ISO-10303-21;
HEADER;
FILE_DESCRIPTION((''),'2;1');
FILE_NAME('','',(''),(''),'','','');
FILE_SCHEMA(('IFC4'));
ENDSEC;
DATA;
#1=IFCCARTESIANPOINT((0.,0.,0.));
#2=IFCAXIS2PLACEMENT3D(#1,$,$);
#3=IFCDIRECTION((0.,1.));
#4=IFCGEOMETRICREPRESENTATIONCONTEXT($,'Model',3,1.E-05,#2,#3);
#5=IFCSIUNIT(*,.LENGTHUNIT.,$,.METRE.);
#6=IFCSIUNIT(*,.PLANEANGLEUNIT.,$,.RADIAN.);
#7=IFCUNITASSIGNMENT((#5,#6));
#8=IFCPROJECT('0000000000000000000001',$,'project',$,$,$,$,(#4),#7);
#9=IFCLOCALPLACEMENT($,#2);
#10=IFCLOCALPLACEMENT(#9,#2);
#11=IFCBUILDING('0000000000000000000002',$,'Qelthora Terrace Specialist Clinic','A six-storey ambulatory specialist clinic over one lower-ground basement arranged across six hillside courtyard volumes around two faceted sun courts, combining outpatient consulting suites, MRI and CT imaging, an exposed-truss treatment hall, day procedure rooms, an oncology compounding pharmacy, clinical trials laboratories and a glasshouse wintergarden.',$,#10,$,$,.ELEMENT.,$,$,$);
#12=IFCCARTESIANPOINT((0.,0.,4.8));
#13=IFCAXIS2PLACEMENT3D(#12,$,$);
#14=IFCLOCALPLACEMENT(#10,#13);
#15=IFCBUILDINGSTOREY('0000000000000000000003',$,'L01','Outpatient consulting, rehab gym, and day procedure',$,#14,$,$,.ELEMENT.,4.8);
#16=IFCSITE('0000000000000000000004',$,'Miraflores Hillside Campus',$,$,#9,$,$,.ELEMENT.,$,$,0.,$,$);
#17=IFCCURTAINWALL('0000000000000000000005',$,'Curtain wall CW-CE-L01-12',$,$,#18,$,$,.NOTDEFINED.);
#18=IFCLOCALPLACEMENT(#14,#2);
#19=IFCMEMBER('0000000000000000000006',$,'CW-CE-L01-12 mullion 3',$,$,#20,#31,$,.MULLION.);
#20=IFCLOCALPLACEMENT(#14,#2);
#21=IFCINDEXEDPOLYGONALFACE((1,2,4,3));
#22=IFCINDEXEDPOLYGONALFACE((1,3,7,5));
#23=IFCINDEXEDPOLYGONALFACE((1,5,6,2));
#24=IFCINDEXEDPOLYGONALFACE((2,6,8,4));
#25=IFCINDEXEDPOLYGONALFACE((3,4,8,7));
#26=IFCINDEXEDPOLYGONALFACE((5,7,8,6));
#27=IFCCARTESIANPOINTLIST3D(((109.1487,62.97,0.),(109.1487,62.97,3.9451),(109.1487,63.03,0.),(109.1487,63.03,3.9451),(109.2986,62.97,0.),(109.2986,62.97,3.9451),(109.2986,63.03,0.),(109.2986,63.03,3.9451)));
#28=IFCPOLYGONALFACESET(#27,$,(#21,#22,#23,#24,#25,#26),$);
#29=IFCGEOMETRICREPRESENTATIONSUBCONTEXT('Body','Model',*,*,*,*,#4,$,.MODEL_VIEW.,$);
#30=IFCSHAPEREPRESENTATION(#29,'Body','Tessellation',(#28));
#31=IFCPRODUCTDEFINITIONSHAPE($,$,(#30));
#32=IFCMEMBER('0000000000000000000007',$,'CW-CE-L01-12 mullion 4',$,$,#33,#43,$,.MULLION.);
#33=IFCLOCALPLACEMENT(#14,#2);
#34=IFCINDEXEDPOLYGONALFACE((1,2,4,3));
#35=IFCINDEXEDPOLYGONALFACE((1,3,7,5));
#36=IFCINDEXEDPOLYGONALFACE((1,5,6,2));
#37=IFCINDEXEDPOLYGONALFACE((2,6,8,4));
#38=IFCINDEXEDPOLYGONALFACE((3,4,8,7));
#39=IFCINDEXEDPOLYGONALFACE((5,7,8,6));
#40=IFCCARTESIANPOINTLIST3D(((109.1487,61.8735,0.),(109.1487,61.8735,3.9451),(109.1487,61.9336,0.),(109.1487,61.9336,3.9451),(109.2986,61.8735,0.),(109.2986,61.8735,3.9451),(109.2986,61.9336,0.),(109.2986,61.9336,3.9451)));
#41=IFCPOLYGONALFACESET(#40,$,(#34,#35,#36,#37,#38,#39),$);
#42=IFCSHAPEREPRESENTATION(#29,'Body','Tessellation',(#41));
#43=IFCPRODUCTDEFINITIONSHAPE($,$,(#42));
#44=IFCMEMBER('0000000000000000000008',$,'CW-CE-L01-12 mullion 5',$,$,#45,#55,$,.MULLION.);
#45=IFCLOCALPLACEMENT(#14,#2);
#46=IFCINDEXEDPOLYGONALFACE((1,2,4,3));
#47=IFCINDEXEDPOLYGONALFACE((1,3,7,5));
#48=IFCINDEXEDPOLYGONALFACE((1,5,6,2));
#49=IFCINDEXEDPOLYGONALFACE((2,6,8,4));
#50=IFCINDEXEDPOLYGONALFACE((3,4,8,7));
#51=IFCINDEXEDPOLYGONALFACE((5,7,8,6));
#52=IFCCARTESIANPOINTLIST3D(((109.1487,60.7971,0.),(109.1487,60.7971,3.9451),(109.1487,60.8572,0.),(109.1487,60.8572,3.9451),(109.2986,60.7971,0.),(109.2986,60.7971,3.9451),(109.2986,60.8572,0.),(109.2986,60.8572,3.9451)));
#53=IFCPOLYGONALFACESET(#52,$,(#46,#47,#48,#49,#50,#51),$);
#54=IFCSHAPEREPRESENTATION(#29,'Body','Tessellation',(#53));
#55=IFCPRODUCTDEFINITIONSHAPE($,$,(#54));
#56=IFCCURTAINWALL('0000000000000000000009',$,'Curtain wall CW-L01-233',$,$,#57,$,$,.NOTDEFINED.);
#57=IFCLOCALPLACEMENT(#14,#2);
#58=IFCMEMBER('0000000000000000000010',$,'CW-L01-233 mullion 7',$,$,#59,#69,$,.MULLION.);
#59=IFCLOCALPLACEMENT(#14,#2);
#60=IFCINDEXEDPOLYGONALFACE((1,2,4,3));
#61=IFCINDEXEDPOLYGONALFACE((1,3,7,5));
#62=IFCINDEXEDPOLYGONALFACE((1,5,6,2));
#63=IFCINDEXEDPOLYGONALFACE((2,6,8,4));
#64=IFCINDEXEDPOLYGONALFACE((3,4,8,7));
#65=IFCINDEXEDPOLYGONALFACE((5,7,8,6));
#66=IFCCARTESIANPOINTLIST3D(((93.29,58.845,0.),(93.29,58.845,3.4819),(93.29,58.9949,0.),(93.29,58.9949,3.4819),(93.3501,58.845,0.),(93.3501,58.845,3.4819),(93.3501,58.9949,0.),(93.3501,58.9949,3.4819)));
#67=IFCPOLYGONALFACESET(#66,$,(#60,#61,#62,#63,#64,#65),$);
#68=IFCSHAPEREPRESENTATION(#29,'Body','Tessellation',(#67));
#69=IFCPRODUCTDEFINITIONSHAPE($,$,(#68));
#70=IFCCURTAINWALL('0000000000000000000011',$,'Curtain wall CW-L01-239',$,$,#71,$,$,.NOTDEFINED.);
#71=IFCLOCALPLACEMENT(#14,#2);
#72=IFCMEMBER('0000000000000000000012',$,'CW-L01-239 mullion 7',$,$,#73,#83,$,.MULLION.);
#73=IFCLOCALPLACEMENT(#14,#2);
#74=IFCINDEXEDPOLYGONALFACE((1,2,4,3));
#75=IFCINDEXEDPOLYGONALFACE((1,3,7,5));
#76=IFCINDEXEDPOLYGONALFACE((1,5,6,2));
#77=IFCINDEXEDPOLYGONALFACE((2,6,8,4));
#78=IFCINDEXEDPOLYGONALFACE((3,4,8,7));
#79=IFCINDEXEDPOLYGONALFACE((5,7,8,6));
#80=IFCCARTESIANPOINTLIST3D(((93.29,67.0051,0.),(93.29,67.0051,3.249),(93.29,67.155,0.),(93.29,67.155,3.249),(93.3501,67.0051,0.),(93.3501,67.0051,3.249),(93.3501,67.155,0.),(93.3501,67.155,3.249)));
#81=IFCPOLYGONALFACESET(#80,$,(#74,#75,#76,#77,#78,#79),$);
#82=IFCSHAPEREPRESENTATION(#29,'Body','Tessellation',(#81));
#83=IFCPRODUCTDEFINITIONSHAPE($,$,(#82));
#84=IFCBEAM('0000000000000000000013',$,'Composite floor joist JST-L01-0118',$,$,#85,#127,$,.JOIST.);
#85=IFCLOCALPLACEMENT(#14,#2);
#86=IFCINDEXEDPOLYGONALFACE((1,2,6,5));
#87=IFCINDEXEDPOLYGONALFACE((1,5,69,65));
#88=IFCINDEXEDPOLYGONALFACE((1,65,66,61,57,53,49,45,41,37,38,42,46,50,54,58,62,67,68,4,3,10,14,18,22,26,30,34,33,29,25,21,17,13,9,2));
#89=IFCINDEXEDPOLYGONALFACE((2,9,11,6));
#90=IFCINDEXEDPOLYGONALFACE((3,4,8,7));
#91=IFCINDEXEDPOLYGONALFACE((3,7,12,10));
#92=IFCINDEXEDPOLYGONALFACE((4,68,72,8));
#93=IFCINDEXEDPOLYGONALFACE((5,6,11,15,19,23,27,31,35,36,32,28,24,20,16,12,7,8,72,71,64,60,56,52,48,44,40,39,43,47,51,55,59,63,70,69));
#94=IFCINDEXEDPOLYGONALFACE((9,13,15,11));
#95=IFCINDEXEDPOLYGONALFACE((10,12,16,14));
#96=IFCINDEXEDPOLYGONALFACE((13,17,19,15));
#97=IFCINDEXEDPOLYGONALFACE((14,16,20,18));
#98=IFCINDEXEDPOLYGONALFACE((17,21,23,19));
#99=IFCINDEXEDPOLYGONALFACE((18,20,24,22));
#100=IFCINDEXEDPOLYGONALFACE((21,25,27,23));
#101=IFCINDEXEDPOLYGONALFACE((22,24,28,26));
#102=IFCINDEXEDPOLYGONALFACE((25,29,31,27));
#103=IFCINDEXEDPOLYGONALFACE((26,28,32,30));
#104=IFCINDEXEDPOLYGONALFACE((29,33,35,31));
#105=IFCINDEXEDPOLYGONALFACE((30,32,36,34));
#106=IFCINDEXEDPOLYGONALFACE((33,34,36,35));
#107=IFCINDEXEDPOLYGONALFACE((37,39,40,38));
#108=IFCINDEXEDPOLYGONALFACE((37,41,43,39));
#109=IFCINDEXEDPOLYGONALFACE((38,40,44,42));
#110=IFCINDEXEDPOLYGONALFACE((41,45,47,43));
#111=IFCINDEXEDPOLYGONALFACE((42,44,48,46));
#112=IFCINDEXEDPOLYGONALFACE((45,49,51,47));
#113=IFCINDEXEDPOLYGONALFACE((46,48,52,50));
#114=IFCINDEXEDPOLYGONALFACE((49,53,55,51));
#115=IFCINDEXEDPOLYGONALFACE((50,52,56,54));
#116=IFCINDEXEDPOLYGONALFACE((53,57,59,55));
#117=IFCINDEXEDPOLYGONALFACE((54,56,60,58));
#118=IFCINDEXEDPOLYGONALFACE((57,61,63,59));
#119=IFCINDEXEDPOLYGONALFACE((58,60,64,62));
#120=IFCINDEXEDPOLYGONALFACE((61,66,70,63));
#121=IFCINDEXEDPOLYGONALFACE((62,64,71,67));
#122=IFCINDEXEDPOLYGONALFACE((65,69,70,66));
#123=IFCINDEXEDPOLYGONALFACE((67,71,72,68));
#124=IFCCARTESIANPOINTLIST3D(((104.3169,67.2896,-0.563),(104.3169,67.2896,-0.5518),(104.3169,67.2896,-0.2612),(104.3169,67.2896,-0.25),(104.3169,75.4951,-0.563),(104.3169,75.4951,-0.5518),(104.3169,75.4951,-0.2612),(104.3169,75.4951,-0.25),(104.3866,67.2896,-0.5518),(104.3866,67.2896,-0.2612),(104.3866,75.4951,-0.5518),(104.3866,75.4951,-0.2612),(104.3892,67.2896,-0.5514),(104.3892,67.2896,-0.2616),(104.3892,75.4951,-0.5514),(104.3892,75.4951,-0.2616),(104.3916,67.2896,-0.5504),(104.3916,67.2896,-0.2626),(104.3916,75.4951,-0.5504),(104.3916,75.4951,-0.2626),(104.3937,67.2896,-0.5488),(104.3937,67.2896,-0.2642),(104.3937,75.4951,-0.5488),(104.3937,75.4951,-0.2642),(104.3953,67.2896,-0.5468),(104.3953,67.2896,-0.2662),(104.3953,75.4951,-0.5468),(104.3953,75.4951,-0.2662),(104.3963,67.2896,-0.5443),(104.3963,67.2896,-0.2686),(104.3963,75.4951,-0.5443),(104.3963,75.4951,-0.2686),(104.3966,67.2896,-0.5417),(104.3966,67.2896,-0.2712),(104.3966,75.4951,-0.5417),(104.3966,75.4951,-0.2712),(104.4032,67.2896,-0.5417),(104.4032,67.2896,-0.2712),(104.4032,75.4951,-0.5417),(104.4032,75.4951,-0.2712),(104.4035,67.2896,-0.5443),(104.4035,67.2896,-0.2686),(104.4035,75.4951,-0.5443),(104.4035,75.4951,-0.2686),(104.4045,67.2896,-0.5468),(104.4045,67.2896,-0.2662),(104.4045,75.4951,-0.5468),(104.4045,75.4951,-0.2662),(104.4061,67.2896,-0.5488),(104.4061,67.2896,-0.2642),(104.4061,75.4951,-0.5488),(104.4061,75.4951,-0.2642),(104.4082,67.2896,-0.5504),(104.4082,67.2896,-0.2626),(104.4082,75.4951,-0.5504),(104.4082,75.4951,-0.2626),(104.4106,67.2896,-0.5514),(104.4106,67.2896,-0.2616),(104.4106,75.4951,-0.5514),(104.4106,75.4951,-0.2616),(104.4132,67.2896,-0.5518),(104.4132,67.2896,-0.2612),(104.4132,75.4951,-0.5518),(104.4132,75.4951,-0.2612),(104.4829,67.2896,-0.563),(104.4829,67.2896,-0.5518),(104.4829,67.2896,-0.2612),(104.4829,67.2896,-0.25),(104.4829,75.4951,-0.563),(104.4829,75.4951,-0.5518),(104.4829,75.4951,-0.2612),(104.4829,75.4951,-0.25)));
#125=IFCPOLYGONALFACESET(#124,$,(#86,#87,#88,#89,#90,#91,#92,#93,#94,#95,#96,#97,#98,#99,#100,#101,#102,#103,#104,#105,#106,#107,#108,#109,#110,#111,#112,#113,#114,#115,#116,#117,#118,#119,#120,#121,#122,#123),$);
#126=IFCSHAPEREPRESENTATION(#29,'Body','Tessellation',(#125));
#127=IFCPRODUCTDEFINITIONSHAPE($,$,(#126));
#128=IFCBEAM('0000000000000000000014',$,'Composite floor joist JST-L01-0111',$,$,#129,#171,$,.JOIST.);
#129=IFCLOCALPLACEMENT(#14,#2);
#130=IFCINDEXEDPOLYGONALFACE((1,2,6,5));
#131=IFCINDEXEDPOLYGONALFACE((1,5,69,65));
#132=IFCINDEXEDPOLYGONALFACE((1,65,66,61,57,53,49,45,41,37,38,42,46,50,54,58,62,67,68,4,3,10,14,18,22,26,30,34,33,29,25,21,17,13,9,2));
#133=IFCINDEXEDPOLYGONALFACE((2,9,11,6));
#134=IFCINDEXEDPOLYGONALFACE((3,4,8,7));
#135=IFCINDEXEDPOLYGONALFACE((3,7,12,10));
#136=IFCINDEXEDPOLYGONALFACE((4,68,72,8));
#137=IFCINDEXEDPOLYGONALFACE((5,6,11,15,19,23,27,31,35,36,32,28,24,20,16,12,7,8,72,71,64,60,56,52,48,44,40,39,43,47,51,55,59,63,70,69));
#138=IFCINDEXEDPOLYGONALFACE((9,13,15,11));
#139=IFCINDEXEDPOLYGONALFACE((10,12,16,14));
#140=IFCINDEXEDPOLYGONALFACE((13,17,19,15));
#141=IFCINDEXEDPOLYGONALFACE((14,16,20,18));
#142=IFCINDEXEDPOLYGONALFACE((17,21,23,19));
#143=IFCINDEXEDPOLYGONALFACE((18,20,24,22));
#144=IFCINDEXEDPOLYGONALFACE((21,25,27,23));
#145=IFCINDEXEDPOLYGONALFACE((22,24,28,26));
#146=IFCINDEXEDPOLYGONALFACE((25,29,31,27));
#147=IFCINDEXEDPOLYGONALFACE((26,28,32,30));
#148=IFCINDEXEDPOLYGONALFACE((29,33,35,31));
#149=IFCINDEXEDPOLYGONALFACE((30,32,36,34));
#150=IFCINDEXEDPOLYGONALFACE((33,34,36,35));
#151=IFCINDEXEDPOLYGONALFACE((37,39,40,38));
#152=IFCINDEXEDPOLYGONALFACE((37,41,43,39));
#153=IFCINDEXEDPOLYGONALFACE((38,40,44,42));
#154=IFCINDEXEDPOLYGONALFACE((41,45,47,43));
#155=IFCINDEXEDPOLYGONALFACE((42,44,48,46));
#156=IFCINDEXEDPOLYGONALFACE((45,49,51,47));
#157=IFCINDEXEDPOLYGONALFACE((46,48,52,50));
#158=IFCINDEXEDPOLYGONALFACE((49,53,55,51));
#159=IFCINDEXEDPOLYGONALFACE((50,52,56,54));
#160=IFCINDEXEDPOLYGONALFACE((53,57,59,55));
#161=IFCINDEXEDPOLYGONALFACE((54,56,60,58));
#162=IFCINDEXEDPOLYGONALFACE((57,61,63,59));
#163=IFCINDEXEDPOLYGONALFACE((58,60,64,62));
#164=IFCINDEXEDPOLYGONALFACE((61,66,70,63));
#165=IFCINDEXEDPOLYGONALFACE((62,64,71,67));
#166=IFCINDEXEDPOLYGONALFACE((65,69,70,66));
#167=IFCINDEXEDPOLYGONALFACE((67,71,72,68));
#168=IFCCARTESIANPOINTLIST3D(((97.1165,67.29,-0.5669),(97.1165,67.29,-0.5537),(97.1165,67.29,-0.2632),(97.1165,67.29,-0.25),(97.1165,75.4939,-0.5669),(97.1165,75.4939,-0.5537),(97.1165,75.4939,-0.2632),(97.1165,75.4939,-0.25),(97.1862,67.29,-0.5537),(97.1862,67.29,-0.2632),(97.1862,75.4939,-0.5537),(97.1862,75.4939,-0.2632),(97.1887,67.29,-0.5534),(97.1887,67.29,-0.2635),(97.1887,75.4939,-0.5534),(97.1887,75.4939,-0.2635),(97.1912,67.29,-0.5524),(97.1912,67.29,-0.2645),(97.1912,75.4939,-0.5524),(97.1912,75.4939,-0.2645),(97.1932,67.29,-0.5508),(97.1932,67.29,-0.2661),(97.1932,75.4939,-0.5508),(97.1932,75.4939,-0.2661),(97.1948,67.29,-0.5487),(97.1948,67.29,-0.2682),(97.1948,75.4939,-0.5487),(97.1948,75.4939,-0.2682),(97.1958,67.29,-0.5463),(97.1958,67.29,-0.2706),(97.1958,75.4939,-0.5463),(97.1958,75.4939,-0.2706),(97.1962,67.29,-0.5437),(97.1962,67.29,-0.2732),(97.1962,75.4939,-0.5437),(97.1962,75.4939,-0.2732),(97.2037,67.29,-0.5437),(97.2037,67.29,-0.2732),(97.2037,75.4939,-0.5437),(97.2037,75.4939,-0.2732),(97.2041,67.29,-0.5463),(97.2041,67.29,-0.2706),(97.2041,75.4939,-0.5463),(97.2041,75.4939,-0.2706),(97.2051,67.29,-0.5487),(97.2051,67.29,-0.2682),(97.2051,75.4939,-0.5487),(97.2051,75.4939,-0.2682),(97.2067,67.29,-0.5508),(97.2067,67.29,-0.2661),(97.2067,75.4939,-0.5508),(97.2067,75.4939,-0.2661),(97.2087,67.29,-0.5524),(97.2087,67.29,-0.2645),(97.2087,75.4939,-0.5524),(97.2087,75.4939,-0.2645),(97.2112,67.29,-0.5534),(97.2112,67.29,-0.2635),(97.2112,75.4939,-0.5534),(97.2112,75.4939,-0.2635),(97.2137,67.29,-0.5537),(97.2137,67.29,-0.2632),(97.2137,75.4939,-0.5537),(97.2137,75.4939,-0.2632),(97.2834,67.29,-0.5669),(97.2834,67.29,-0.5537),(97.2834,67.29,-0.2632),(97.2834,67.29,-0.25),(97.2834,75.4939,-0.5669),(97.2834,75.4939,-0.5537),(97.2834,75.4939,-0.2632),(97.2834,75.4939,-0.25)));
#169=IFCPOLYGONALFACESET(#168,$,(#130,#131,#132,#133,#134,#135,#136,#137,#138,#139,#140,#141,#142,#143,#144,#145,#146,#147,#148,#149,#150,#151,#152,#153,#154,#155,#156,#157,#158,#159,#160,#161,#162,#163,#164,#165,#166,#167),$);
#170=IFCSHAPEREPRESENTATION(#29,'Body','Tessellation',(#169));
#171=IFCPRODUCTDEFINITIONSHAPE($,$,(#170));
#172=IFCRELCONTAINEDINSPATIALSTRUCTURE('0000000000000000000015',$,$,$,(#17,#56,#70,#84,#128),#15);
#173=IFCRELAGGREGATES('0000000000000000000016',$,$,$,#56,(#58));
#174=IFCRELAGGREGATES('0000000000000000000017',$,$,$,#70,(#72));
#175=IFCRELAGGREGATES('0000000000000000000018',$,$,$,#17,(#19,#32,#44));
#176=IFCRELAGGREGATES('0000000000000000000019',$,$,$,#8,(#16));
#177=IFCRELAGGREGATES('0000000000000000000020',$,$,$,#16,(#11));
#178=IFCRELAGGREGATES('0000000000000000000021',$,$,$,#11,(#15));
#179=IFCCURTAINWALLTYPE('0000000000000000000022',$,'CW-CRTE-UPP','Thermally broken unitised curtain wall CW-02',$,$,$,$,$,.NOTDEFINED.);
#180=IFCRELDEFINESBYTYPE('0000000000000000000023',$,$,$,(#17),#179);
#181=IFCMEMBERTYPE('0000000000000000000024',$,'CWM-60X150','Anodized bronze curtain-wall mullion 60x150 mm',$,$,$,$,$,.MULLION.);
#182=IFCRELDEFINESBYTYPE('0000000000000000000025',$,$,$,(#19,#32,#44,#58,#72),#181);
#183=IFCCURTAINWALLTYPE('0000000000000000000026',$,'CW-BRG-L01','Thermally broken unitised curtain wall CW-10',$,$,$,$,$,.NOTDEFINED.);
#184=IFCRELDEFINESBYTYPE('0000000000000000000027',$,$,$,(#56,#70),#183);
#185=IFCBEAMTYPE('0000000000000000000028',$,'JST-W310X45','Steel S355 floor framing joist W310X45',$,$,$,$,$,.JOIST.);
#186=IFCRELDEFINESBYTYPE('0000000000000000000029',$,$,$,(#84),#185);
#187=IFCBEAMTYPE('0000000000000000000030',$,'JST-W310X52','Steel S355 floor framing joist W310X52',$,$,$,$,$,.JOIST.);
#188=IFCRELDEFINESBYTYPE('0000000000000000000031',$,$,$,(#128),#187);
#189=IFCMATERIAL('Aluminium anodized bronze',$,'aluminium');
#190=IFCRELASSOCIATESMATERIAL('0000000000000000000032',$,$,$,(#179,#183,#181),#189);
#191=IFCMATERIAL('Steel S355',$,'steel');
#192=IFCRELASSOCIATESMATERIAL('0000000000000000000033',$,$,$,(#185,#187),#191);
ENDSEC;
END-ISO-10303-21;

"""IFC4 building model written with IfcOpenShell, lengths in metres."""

from ifc_helpers import new_model, si_unit, direction, frame, origin, origin_2d, place, context, subcontext, project, spatial, rectangle, i_section, extrude, material, material_profile, profile_set, type_object, element, aggregate, save


model = new_model("IFC4")

# Units and contexts
model_context = context("Model", 3, precision=1e-05, world=origin(), true_north=direction((0.0, 1.0)))
body_context = subcontext(model_context, "Body", "Model", "MODEL_VIEW")
ifc_project = project(units=[si_unit("LENGTHUNIT", "METRE"), si_unit("PLANEANGLEUNIT", "RADIAN")], contexts=[model_context])

# Site, building, storey
site_placement = place(None, origin())
site = spatial("IfcSite", under=ifc_project, at=site_placement, Name="Miraflores Hillside Campus", CompositionType="ELEMENT", RefElevation=0.0)
building_placement = place(site_placement, origin())
building = spatial("IfcBuilding", under=site, at=building_placement, Name="Qelthora Terrace Specialist Clinic", Description="A six-storey ambulatory specialist clinic over one lower-ground basement arranged across six hillside courtyard volumes around two faceted sun courts, combining outpatient consulting suites, MRI and CT imaging, an exposed-truss treatment hall, day procedure rooms, an oncology compounding pharmacy, clinical trials laboratories and a glasshouse wintergarden.", CompositionType="ELEMENT")
storey_placement = place(building_placement, frame((0.0, 0.0, 4.8)))
storey = spatial("IfcBuildingStorey", under=building, at=storey_placement, Name="L01", Description="Outpatient consulting, rehab gym, and day procedure", CompositionType="ELEMENT", Elevation=4.8)

# Shared definitions
ifc_material_1 = material(Name="Steel S355", Category="steel")

# Curtain wall, members
ifc_material_2 = material(Name="Aluminium anodized bronze", Category="aluminium")
curtain_wall_type_1 = type_object("IfcCurtainWallType", Name="CW-CRTE-UPP", Description="Thermally broken unitised curtain wall CW-02", PredefinedType="NOTDEFINED", material=ifc_material_2)
curtain_wall_1_placement = place(storey_placement, origin())
curtain_wall_1 = element("IfcCurtainWall", 1, at=curtain_wall_1_placement, inside=storey, type_object=curtain_wall_type_1, Name="Curtain wall CW-CE-L01-12", PredefinedType="NOTDEFINED")
ifc_material_profile_1 = material_profile(ifc_material_2, rectangle(XDim=0.0601, YDim=0.1499, at=origin_2d()), Name="CWM60X150")
ifc_profile_set_1 = profile_set([ifc_material_profile_1], Name="Aluminium anodized bronze")
member_type = type_object("IfcMemberType", Name="CWM-60X150", Description="Anodized bronze curtain-wall mullion 60x150 mm", PredefinedType="MULLION", material=ifc_profile_set_1)
member_1_placement = place(storey_placement, frame((109.2236, 63.0, 0.0), z_axis=(0.0, 0.0, 1.0), x_axis=(0.0, -1.0, 0.0)))
member_1 = element("IfcMember", 2, at=member_1_placement, type_object=member_type, Name="CW-CE-L01-12 mullion 3", PredefinedType="MULLION", context=body_context, shape_type="SweptSolid", body=[
    extrude(rectangle(XDim=0.0601, YDim=0.1499, at=origin_2d()), origin(), (0.0, 0.0, 1.0), 3.9451),
])
member_2_placement = place(storey_placement, frame((109.2236, 61.9036, 0.0), z_axis=(0.0, 0.0, 1.0), x_axis=(0.0, -1.0, 0.0)))
member_2 = element("IfcMember", 3, at=member_2_placement, type_object=member_type, Name="CW-CE-L01-12 mullion 4", PredefinedType="MULLION", context=body_context, shape_type="SweptSolid", body=[
    extrude(rectangle(XDim=0.0601, YDim=0.1499, at=origin_2d()), origin(), (0.0, 0.0, 1.0), 3.9451),
])
member_3_placement = place(storey_placement, frame((109.2236, 60.8271, 0.0), z_axis=(0.0, 0.0, 1.0), x_axis=(0.0, -1.0, 0.0)))
member_3 = element("IfcMember", 4, at=member_3_placement, type_object=member_type, Name="CW-CE-L01-12 mullion 5", PredefinedType="MULLION", context=body_context, shape_type="SweptSolid", body=[
    extrude(rectangle(XDim=0.0601, YDim=0.1499, at=origin_2d()), origin(), (0.0, 0.0, 1.0), 3.9451),
])

# Curtain walls, members
curtain_wall_type_2 = type_object("IfcCurtainWallType", Name="CW-BRG-L01", Description="Thermally broken unitised curtain wall CW-10", PredefinedType="NOTDEFINED", material=ifc_material_2)
curtain_wall_2_placement = place(storey_placement, origin())
curtain_wall_2 = element("IfcCurtainWall", 5, at=curtain_wall_2_placement, inside=storey, type_object=curtain_wall_type_2, Name="Curtain wall CW-L01-233", PredefinedType="NOTDEFINED")
member_4_placement = place(storey_placement, frame((93.3201, 58.9199, 0.0), z_axis=(0.0, 0.0, 1.0), x_axis=(1.0, 0.0, 0.0)))
member_4 = element("IfcMember", 6, at=member_4_placement, type_object=member_type, Name="CW-L01-233 mullion 7", PredefinedType="MULLION", context=body_context, shape_type="SweptSolid", body=[
    extrude(rectangle(XDim=0.0601, YDim=0.1499, at=origin_2d()), origin(), (0.0, 0.0, 1.0), 3.4819),
])
aggregate(curtain_wall_2, [member_4])
curtain_wall_3_placement = place(storey_placement, origin())
curtain_wall_3 = element("IfcCurtainWall", 7, at=curtain_wall_3_placement, inside=storey, type_object=curtain_wall_type_2, Name="Curtain wall CW-L01-239", PredefinedType="NOTDEFINED")
member_5_placement = place(storey_placement, frame((93.3201, 67.0801, 0.0), z_axis=(0.0, 0.0, 1.0), x_axis=(1.0, 0.0, 0.0)))
member_5 = element("IfcMember", 8, at=member_5_placement, type_object=member_type, Name="CW-L01-239 mullion 7", PredefinedType="MULLION", context=body_context, shape_type="SweptSolid", body=[
    extrude(rectangle(XDim=0.0601, YDim=0.1499, at=origin_2d()), origin(), (0.0, 0.0, 1.0), 3.249),
])
aggregate(curtain_wall_3, [member_5])

# Beams
ifc_material_profile_2 = material_profile(ifc_material_1, i_section(OverallWidth=0.166, OverallDepth=0.313, WebThickness=0.0066, FlangeThickness=0.0112, FilletRadius=0.01, at=origin_2d()), Name="W310X45")
ifc_profile_set_2 = profile_set([ifc_material_profile_2], Name="Steel S355")
beam_type_1 = type_object("IfcBeamType", Name="JST-W310X45", Description="Steel S355 floor framing joist W310X45", PredefinedType="JOIST", material=ifc_profile_set_2)
beam_1_placement = place(storey_placement, frame((104.3999, 67.2896, -0.4065), z_axis=(0.0, 1.0, 0.0), x_axis=(-1.0, 0.0, 0.0)))
element("IfcBeam", 9, at=beam_1_placement, inside=storey, type_object=beam_type_1, Name="Composite floor joist JST-L01-0118", PredefinedType="JOIST", context=body_context, shape_type="SweptSolid", body=[
    extrude(i_section(OverallWidth=0.166, OverallDepth=0.313, WebThickness=0.0066, FlangeThickness=0.0112, FilletRadius=0.01, at=origin_2d()), origin(), (0.0, 0.0, 1.0), 8.2056),
])
ifc_material_profile_3 = material_profile(ifc_material_1, i_section(OverallWidth=0.167, OverallDepth=0.3169, WebThickness=0.0076, FlangeThickness=0.0132, FilletRadius=0.01, at=origin_2d()), Name="W310X52")
ifc_profile_set_3 = profile_set([ifc_material_profile_3], Name="Steel S355")
beam_type_2 = type_object("IfcBeamType", Name="JST-W310X52", Description="Steel S355 floor framing joist W310X52", PredefinedType="JOIST", material=ifc_profile_set_3)
beam_2_placement = place(storey_placement, frame((97.2, 67.29, -0.4084), z_axis=(0.0, 1.0, 0.0), x_axis=(-1.0, 0.0, 0.0)))
element("IfcBeam", 10, at=beam_2_placement, inside=storey, type_object=beam_type_2, Name="Composite floor joist JST-L01-0111", PredefinedType="JOIST", context=body_context, shape_type="SweptSolid", body=[
    extrude(i_section(OverallWidth=0.167, OverallDepth=0.3169, WebThickness=0.0076, FlangeThickness=0.0132, FilletRadius=0.01, at=origin_2d()), origin(), (0.0, 0.0, 1.0), 8.2039),
])

aggregate(curtain_wall_1, [member_1, member_2, member_3])

save(model, "model.ifc")
